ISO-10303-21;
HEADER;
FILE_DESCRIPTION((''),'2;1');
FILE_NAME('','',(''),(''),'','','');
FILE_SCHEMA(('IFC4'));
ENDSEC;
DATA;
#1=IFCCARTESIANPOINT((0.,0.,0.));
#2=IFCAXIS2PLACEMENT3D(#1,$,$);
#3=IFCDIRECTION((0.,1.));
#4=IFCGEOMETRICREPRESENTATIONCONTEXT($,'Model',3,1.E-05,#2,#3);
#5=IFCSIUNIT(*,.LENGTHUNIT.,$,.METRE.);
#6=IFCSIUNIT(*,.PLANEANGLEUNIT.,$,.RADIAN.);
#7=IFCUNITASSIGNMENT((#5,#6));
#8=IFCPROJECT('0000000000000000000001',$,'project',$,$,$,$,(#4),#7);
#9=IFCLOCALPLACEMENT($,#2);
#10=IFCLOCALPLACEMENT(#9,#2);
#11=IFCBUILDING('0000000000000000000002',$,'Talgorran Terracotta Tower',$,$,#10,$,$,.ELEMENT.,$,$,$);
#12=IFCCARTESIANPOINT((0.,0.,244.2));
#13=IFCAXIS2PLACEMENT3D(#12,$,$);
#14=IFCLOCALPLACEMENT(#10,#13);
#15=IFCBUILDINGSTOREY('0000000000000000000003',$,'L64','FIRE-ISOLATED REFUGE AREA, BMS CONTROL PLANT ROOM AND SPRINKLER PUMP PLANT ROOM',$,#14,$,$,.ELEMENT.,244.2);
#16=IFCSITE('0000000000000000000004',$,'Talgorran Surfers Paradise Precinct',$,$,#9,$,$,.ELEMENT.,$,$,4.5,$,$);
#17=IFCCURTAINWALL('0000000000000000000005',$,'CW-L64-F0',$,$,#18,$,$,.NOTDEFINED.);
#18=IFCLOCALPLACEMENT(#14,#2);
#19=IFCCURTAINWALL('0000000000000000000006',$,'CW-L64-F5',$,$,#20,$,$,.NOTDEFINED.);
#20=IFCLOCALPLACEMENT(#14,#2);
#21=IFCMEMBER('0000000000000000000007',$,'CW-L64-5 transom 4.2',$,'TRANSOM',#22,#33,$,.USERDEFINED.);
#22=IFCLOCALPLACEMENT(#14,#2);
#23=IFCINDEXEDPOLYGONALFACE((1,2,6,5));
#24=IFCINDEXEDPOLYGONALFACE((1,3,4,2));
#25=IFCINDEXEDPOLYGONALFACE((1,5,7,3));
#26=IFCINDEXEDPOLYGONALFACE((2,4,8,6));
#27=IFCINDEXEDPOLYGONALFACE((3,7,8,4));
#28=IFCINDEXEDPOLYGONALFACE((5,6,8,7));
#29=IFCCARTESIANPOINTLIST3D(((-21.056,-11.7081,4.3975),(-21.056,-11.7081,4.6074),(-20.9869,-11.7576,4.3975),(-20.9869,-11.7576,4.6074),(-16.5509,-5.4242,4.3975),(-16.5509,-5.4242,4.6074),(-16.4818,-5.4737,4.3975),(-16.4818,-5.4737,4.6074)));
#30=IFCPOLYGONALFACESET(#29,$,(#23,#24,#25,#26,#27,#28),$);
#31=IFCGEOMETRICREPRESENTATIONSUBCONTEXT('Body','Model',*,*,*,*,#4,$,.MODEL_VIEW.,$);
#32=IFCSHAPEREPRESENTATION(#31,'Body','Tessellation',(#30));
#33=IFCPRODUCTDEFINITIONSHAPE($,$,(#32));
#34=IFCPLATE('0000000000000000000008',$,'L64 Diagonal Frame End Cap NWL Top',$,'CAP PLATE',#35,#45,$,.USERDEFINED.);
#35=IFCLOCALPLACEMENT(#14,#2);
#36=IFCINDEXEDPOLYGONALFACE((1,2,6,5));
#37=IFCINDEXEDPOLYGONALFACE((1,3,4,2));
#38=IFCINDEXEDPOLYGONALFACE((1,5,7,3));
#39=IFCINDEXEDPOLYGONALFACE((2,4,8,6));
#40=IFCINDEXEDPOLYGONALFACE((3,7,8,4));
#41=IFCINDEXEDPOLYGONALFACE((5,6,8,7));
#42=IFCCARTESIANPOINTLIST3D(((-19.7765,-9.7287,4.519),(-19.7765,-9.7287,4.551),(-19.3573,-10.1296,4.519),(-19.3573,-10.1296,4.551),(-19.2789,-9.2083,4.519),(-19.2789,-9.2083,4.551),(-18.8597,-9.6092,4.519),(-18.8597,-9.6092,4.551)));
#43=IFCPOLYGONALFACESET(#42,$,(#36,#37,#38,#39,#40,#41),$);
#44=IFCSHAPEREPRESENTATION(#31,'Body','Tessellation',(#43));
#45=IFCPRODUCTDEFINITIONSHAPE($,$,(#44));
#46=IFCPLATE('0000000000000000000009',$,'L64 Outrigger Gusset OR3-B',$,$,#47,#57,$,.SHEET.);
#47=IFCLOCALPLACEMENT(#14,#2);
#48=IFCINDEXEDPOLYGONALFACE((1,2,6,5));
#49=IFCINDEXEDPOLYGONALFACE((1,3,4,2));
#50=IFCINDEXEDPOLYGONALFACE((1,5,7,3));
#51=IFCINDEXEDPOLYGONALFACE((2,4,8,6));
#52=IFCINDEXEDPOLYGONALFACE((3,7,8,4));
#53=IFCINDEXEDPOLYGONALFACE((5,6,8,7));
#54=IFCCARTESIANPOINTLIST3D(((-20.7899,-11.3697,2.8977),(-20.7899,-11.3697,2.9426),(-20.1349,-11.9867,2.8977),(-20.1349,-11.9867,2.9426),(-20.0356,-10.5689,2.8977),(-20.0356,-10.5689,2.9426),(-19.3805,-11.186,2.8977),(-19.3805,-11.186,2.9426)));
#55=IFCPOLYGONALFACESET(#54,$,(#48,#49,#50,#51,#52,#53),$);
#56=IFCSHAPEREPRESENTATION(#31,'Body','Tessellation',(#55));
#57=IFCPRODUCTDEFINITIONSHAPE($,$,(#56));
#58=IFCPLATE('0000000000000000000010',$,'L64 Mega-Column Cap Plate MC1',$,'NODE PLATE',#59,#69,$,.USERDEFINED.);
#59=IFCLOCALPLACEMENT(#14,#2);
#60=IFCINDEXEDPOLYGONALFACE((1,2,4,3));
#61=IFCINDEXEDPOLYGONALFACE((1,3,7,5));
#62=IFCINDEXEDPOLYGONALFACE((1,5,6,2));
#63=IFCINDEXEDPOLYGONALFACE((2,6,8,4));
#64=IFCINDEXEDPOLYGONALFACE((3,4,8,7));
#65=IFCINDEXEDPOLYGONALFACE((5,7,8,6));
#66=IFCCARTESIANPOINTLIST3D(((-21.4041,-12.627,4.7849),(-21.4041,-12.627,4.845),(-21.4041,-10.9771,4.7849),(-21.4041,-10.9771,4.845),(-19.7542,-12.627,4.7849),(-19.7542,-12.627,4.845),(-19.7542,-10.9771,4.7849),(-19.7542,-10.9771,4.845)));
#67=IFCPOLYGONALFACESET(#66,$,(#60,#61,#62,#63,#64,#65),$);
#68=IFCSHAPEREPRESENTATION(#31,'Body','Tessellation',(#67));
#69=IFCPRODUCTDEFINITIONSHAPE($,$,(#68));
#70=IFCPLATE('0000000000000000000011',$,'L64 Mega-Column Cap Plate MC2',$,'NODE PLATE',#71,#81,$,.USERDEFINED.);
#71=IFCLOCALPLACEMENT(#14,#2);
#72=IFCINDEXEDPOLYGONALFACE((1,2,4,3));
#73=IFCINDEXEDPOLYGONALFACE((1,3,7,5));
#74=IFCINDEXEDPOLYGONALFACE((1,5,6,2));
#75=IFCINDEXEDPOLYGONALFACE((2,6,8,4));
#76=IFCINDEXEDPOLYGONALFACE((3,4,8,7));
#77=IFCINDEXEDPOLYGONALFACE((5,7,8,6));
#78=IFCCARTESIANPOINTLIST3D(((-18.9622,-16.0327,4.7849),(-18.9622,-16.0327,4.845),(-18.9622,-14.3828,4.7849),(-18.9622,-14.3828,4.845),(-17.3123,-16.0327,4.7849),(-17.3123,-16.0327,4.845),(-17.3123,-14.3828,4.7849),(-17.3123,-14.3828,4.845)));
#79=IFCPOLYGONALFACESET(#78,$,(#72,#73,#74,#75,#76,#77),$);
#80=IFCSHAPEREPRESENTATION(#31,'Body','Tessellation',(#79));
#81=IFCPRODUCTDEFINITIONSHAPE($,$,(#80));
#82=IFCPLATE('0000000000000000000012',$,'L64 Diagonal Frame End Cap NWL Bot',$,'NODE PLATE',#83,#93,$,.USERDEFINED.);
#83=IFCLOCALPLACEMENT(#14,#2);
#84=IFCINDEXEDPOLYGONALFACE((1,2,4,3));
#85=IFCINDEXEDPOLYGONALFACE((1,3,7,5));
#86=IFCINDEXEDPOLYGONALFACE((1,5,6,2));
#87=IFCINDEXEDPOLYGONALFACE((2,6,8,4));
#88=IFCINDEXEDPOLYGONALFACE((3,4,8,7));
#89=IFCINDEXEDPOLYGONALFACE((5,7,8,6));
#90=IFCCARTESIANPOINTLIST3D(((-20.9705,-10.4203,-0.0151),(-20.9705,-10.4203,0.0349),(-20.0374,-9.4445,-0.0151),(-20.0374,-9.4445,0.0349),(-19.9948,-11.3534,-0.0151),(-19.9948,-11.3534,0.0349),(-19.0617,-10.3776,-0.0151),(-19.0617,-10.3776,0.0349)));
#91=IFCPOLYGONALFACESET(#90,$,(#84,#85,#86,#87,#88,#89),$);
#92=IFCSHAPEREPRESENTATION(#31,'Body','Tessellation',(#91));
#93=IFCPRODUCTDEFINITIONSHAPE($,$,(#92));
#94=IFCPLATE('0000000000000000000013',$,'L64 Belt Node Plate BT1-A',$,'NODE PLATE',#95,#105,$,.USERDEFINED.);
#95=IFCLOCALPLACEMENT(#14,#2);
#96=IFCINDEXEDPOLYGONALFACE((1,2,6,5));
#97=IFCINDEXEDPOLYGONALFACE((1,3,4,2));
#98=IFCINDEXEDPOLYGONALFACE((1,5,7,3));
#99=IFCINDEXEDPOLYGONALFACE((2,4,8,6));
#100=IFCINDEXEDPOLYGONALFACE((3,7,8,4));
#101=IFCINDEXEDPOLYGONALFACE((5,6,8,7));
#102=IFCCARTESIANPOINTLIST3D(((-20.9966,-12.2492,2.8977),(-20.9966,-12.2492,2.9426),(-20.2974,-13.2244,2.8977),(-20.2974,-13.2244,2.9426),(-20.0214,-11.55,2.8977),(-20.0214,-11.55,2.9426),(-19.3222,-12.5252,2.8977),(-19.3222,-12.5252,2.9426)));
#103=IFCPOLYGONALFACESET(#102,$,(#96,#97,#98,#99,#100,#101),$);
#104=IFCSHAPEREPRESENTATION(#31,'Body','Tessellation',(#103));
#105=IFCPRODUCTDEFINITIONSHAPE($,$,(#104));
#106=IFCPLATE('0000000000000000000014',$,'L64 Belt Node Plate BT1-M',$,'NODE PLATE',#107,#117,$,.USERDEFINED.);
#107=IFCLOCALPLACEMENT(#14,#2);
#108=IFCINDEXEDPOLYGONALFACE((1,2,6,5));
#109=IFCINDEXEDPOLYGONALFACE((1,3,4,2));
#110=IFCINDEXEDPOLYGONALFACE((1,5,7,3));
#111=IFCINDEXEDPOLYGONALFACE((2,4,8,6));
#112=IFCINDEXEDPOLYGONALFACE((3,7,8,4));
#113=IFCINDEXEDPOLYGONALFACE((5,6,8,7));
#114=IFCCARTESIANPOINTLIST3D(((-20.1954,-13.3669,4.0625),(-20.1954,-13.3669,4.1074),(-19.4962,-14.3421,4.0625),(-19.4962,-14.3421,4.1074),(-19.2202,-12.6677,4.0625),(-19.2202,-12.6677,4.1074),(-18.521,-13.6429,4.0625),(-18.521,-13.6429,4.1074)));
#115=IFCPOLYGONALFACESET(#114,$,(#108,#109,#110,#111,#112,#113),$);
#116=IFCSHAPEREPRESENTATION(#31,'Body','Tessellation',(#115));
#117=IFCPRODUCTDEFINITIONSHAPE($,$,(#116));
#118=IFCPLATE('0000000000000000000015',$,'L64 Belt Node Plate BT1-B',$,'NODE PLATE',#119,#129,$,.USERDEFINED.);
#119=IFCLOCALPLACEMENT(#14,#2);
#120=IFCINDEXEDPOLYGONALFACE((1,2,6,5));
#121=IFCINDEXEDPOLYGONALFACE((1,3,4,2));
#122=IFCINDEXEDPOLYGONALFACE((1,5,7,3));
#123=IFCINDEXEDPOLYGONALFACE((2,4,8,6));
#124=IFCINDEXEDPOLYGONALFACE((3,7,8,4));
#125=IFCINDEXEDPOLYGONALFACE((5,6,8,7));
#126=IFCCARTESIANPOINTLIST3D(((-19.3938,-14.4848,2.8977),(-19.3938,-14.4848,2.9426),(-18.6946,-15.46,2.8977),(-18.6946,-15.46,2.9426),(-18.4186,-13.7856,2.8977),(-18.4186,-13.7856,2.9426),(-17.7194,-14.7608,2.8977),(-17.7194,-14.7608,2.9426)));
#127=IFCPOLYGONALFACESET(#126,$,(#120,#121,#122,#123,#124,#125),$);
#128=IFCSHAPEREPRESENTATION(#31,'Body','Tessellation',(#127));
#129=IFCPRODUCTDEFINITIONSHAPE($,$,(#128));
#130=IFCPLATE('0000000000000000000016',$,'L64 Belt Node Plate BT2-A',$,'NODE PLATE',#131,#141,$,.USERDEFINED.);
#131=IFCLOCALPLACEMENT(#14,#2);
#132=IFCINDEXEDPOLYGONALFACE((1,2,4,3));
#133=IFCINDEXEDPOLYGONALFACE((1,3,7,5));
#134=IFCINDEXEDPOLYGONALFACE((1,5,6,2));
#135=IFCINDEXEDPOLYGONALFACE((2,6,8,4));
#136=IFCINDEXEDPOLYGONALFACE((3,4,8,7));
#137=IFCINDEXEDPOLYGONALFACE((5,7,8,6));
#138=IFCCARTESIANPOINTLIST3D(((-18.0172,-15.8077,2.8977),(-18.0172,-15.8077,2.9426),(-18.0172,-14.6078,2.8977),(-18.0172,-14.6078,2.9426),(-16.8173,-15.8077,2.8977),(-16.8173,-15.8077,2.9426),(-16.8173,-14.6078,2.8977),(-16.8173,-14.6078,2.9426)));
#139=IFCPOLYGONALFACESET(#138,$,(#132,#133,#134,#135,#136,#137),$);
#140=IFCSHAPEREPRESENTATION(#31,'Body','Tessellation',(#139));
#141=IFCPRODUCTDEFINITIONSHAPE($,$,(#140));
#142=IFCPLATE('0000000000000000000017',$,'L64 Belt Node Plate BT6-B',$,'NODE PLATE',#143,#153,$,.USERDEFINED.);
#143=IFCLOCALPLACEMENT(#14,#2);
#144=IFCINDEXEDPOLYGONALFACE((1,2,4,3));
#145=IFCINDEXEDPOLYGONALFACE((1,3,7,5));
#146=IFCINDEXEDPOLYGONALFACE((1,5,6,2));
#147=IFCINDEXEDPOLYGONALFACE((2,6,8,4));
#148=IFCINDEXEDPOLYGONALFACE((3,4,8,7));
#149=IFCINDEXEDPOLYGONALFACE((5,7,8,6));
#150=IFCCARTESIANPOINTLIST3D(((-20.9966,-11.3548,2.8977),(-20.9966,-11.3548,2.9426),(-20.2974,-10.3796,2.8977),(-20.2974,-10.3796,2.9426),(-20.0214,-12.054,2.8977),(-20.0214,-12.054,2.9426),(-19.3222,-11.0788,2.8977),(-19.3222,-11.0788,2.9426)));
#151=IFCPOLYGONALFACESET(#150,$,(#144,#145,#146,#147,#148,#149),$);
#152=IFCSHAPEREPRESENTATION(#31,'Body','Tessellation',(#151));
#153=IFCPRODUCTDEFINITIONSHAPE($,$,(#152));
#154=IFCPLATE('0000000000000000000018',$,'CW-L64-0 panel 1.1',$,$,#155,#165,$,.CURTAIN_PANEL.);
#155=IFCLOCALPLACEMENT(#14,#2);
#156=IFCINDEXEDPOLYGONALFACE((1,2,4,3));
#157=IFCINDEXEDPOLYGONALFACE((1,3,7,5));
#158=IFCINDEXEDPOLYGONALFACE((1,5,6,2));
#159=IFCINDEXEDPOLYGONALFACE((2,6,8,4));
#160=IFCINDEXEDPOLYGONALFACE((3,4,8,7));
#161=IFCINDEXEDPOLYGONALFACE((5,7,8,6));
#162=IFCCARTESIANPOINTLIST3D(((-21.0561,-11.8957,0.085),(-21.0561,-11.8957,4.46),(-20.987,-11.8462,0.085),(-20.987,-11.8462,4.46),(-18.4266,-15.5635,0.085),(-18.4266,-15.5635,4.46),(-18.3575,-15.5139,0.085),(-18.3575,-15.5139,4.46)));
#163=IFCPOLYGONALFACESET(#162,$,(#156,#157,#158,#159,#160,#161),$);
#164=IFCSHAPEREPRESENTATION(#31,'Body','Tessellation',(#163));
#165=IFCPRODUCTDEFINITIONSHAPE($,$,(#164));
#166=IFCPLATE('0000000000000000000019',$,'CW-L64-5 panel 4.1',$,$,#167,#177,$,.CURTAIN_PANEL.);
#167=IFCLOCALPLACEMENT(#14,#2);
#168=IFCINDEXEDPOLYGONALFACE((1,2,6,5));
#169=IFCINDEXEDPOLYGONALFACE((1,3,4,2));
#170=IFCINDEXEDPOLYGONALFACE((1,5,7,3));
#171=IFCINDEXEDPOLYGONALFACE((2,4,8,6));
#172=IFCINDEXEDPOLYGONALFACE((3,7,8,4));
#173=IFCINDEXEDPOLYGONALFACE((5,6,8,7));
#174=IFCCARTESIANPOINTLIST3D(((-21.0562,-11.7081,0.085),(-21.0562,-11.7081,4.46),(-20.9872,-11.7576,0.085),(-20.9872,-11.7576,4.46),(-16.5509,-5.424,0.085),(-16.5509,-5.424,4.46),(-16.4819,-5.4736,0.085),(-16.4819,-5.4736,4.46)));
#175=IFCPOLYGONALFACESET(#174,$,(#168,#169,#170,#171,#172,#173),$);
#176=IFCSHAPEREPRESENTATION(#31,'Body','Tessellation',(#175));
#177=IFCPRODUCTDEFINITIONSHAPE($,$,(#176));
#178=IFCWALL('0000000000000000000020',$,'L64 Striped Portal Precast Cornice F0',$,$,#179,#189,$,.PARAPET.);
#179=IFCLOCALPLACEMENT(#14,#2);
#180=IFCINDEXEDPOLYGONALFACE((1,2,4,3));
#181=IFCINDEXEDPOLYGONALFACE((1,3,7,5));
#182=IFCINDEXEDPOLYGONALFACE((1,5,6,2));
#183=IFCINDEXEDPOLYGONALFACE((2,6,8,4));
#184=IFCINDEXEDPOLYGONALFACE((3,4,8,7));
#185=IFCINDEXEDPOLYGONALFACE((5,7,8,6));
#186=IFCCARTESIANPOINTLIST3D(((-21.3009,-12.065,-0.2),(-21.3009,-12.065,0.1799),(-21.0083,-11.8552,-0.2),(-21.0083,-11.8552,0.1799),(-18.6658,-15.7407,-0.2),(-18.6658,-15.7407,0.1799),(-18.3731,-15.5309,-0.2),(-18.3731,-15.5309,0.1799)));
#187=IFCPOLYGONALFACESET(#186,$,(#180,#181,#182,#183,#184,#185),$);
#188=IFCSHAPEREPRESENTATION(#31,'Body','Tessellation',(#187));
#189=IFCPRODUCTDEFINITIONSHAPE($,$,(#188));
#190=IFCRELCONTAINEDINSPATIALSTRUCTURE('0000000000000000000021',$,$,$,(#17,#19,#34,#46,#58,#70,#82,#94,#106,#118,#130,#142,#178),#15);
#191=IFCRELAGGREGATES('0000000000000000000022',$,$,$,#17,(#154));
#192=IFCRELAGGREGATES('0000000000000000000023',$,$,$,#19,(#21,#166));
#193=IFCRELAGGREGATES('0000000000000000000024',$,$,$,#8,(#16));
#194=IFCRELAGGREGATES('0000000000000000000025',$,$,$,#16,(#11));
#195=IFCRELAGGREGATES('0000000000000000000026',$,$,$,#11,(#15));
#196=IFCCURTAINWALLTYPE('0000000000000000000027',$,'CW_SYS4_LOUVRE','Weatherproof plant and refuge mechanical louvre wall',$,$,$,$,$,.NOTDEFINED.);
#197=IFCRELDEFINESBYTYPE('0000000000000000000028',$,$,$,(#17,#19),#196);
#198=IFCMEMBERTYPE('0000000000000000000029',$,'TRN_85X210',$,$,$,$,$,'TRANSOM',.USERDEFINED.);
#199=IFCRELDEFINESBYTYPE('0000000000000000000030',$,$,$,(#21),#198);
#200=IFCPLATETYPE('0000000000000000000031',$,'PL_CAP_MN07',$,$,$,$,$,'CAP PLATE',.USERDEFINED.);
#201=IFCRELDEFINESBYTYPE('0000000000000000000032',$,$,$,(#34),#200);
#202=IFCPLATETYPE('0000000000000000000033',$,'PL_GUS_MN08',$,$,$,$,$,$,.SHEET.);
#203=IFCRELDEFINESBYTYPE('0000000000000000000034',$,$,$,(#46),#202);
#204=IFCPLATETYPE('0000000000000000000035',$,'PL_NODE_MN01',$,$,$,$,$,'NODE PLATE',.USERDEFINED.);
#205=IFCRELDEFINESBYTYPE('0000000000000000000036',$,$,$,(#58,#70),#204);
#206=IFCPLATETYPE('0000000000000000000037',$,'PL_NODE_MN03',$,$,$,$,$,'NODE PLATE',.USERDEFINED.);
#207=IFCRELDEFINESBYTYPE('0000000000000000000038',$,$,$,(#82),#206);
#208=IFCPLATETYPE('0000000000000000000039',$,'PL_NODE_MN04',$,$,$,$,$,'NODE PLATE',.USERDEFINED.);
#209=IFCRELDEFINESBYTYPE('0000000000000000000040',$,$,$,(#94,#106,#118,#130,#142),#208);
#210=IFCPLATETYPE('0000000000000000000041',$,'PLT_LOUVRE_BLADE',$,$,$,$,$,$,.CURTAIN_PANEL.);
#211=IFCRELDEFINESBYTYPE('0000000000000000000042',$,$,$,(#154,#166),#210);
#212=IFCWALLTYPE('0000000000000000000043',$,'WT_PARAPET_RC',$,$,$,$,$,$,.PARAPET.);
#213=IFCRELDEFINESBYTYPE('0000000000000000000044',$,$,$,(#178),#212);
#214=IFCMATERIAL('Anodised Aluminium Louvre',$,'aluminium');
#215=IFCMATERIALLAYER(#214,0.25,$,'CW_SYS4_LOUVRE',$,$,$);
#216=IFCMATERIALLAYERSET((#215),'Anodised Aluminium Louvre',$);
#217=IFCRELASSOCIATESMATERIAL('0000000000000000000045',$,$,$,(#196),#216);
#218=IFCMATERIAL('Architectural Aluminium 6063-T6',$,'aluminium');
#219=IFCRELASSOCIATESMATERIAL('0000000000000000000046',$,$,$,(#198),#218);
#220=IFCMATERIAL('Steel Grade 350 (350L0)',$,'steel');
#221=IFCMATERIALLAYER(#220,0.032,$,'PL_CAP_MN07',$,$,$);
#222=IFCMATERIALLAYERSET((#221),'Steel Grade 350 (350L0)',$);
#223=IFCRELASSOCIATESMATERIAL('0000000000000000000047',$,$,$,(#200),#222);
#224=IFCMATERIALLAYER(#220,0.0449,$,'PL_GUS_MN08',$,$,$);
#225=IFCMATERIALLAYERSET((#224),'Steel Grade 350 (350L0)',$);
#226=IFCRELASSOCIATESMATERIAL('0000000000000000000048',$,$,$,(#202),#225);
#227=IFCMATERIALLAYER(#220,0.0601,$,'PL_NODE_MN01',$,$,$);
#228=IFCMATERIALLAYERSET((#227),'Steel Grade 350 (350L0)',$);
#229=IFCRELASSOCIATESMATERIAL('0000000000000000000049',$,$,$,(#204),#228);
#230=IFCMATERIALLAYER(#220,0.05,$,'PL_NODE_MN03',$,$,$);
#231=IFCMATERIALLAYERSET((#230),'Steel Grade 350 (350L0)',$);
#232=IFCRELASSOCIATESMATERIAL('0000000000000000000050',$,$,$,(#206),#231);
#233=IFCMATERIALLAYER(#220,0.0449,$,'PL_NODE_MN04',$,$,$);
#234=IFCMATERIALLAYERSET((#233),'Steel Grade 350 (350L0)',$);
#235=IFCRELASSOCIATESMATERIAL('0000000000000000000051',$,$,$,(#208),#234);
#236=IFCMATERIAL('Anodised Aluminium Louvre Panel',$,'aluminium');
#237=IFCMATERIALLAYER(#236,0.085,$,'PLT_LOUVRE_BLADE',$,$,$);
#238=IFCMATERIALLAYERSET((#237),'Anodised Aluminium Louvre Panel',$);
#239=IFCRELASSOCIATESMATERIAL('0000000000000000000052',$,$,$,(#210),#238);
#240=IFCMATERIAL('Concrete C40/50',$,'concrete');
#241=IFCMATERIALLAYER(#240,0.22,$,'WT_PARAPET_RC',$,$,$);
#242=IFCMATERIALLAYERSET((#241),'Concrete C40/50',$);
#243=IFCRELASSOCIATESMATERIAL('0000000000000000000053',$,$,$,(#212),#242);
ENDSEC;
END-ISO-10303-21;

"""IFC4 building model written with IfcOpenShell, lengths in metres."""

from ifc_helpers import new_model, si_unit, direction, frame, frame_2d, origin, origin_2d, place, context, subcontext, project, spatial, rectangle, extrude, source, transform, mapped, material, layer, layer_set, material_profile, profile_set, type_object, type_shapes, element, aggregate, save


model = new_model("IFC4")

# Units and contexts
model_context = context("Model", 3, precision=1e-05, world=origin(), true_north=direction((0.0, 1.0)))
body_context = subcontext(model_context, "Body", "Model", "MODEL_VIEW")
ifc_project = project(units=[si_unit("LENGTHUNIT", "METRE"), si_unit("PLANEANGLEUNIT", "RADIAN")], contexts=[model_context])

# Site, building, storey
site_placement = place(None, origin())
site = spatial("IfcSite", under=ifc_project, at=site_placement, Name="Talgorran Surfers Paradise Precinct", CompositionType="ELEMENT", RefElevation=4.5)
building_placement = place(site_placement, origin())
building = spatial("IfcBuilding", under=site, at=building_placement, Name="Talgorran Terracotta Tower", CompositionType="ELEMENT")
storey_placement = place(building_placement, frame((0.0, 0.0, 244.2)))
storey = spatial("IfcBuildingStorey", under=building, at=storey_placement, Name="L64", Description="FIRE-ISOLATED REFUGE AREA, BMS CONTROL PLANT ROOM AND SPRINKLER PUMP PLANT ROOM", CompositionType="ELEMENT", Elevation=244.2)

# Shared definitions
ifc_material_1 = material(Name="Steel Grade 350 (350L0)", Category="steel")

# Curtain wall
ifc_material_2 = material(Name="Anodised Aluminium Louvre", Category="aluminium")
ifc_layer_1 = layer(ifc_material_2, 0.25, Name="CW_SYS4_LOUVRE")
ifc_layer_set_1 = layer_set([ifc_layer_1], Name="Anodised Aluminium Louvre")
curtain_wall_type = type_object("IfcCurtainWallType", Name="CW_SYS4_LOUVRE", Description="Weatherproof plant and refuge mechanical louvre wall", PredefinedType="NOTDEFINED", material=ifc_layer_set_1)
curtain_wall_1_placement = place(storey_placement, origin())
curtain_wall_1 = element("IfcCurtainWall", 1, at=curtain_wall_1_placement, inside=storey, type_object=curtain_wall_type, Name="CW-L64-F0", PredefinedType="NOTDEFINED")
ifc_material_3 = material(Name="Architectural Aluminium 6063-T6", Category="aluminium")

# Curtain wall
curtain_wall_2_placement = place(storey_placement, origin())
curtain_wall_2 = element("IfcCurtainWall", 2, at=curtain_wall_2_placement, inside=storey, type_object=curtain_wall_type, Name="CW-L64-F5", PredefinedType="NOTDEFINED")

# Member
ifc_material_profile_1 = material_profile(ifc_material_3, rectangle(XDim=0.085, YDim=0.21, at=origin_2d()), Name="CWT85X210")
ifc_profile_set_1 = profile_set([ifc_material_profile_1], Name="Architectural Aluminium 6063-T6")
member_type_1 = type_object("IfcMemberType", Name="TRN_85X210", ElementType="TRANSOM", PredefinedType="USERDEFINED", material=ifc_profile_set_1)
member_1_placement = place(storey_placement, frame((-16.5164, -5.449, 4.5024), z_axis=(-0.582659, -0.812717, 0.0), x_axis=(0.812717, -0.582659, 0.0)))
member_1 = element("IfcMember", 3, at=member_1_placement, type_object=member_type_1, Name="CW-L64-5 transom 4.2", ObjectType="TRANSOM", PredefinedType="USERDEFINED", context=body_context, shape_type="SweptSolid", body=[
    extrude(rectangle(XDim=0.085, YDim=0.21, at=origin_2d()), origin(), (0.0, 0.0, 1.0), 7.7319),
])

# Plates
ifc_layer_2 = layer(ifc_material_1, 0.032, Name="PL_CAP_MN07")
ifc_layer_set_2 = layer_set([ifc_layer_2], Name="Steel Grade 350 (350L0)")
plate_type_1 = type_object("IfcPlateType", Name="PL_CAP_MN07", ElementType="CAP PLATE", PredefinedType="USERDEFINED", material=ifc_layer_set_2)
plate_1_placement = place(storey_placement, frame((-19.3181, -9.6689, 4.519), z_axis=(0.0, 0.0, 1.0), x_axis=(0.691135, 0.722726, 0.0)))
element("IfcPlate", 4, at=plate_1_placement, inside=storey, type_object=plate_type_1, Name="L64 Diagonal Frame End Cap NWL Top", ObjectType="CAP PLATE", PredefinedType="USERDEFINED", context=body_context, shape_type="SweptSolid", body=[
    extrude(rectangle(XDim=0.72, YDim=0.5801, at=origin_2d()), origin(), (0.0, 0.0, 1.0), 0.032),
])
ifc_layer_3 = layer(ifc_material_1, 0.0449, Name="PL_GUS_MN08")
ifc_layer_set_3 = layer_set([ifc_layer_3], Name="Steel Grade 350 (350L0)")
plate_type_2 = type_object("IfcPlateType", Name="PL_GUS_MN08", PredefinedType="SHEET", material=ifc_layer_set_3)
plate_2_placement = place(storey_placement, frame((-20.0852, -11.2778, 2.8977), z_axis=(0.0, 0.0, 1.0), x_axis=(-0.685691, -0.727892, 0.0)))
element("IfcPlate", 5, at=plate_2_placement, inside=storey, type_object=plate_type_2, Name="L64 Outrigger Gusset OR3-B", PredefinedType="SHEET", context=body_context, shape_type="SweptSolid", body=[
    extrude(rectangle(XDim=1.1001, YDim=0.8999, at=origin_2d()), origin(), (0.0, 0.0, 1.0), 0.0449),
])
ifc_layer_4 = layer(ifc_material_1, 0.0601, Name="PL_NODE_MN01")
ifc_layer_set_4 = layer_set([ifc_layer_4], Name="Steel Grade 350 (350L0)")
plate_type_3 = type_object("IfcPlateType", Name="PL_NODE_MN01", ElementType="NODE PLATE", PredefinedType="USERDEFINED", material=ifc_layer_set_4)
for number, where, z_axis, x_axis, name in (
    (6, (-20.5791, -11.802, 4.7849), (0.0, 0.0, 1.0), (1.0, 0.0, 0.0), "L64 Mega-Column Cap Plate MC1"),
    (7, (-18.1372, -15.2078, 4.7849), (0.0, 0.0, 1.0), (1.0, 0.0, 0.0), "L64 Mega-Column Cap Plate MC2"),
):
    element("IfcPlate", number, at=place(storey_placement, frame(where, z_axis=z_axis, x_axis=x_axis)), inside=storey, type_object=plate_type_3, Name=name, ObjectType="NODE PLATE", PredefinedType="USERDEFINED", context=body_context, shape_type="SweptSolid", body=[
        extrude(rectangle(XDim=1.6499, YDim=1.6499, at=origin_2d()), origin(), (0.0, 0.0, 1.0), 0.0601),
    ])
ifc_layer_5 = layer(ifc_material_1, 0.05, Name="PL_NODE_MN03")
ifc_layer_set_5 = layer_set([ifc_layer_5], Name="Steel Grade 350 (350L0)")
plate_type_4 = type_object("IfcPlateType", Name="PL_NODE_MN03", ElementType="NODE PLATE", PredefinedType="USERDEFINED", material=ifc_layer_set_5)
plate_3_placement = place(storey_placement, frame((-20.0161, -10.3989, -0.0151), z_axis=(0.0, 0.0, 1.0), x_axis=(0.691135, 0.722726, 0.0)))
element("IfcPlate", 8, at=plate_3_placement, inside=storey, type_object=plate_type_4, Name="L64 Diagonal Frame End Cap NWL Bot", ObjectType="NODE PLATE", PredefinedType="USERDEFINED", context=body_context, shape_type="SweptSolid", body=[
    extrude(rectangle(XDim=1.3501, YDim=1.3501, at=origin_2d()), origin(), (0.0, 0.0, 1.0), 0.05),
])
ifc_layer_6 = layer(ifc_material_1, 0.0449, Name="PL_NODE_MN04")
ifc_layer_set_6 = layer_set([ifc_layer_6], Name="Steel Grade 350 (350L0)")
plate_type_5 = type_object("IfcPlateType", Name="PL_NODE_MN04", ElementType="NODE PLATE", PredefinedType="USERDEFINED", material=ifc_layer_set_6)
for number, where, z_axis, x_axis, name in (
    (9, (-20.1594, -12.3872, 2.8977), (0.0, 0.0, 1.0), (0.58269, -0.812694, 0.0), "L64 Belt Node Plate BT1-A"),
    (10, (-19.3582, -13.5049, 4.0625), (0.0, 0.0, 1.0), (0.58269, -0.812694, 0.0), "L64 Belt Node Plate BT1-M"),
    (11, (-18.5566, -14.6228, 2.8977), (0.0, 0.0, 1.0), (0.58269, -0.812694, 0.0), "L64 Belt Node Plate BT1-B"),
    (12, (-17.4172, -15.2078, 2.8977), (0.0, 0.0, 1.0), (1.0, 0.0, 0.0), "L64 Belt Node Plate BT2-A"),
    (13, (-20.1594, -11.2168, 2.8977), (0.0, 0.0, 1.0), (-0.58269, -0.812694, 0.0), "L64 Belt Node Plate BT6-B"),
):
    element("IfcPlate", number, at=place(storey_placement, frame(where, z_axis=z_axis, x_axis=x_axis)), inside=storey, type_object=plate_type_5, Name=name, ObjectType="NODE PLATE", PredefinedType="USERDEFINED", context=body_context, shape_type="SweptSolid", body=[
        extrude(rectangle(XDim=1.2, YDim=1.2, at=origin_2d()), origin(), (0.0, 0.0, 1.0), 0.0449),
    ])

# Plates
ifc_material_4 = material(Name="Anodised Aluminium Louvre Panel", Category="aluminium")
ifc_layer_7 = layer(ifc_material_4, 0.085, Name="PLT_LOUVRE_BLADE")
ifc_layer_set_7 = layer_set([ifc_layer_7], Name="Anodised Aluminium Louvre Panel")
plate_type_6 = type_object("IfcPlateType", Name="PLT_LOUVRE_BLADE", PredefinedType="CURTAIN_PANEL", material=ifc_layer_set_7)
shared_shape_1 = source(origin(), body_context, "Body", "SweptSolid", [
    extrude(rectangle(XDim=4.5129, YDim=0.085, at=origin_2d()), origin(), (0.0, 0.0, 1.0), 4.375),
])
plate_4_placement = place(storey_placement, frame((-19.7068, -13.7048, 0.085), z_axis=(0.0, 0.0, 1.0), x_axis=(0.582661, -0.812715, 0.0)))
plate_4 = element("IfcPlate", 14, at=plate_4_placement, type_object=plate_type_6, Name="CW-L64-0 panel 1.1", PredefinedType="CURTAIN_PANEL", context=body_context, shape_type="MappedRepresentation", body=[
    mapped(shared_shape_1, transform((0.0, 0.0, 0.0), scale=1.0)),
])
aggregate(curtain_wall_1, [plate_4])
shared_shape_2 = source(origin(), body_context, "Body", "SweptSolid", [
    extrude(rectangle(XDim=7.7322, YDim=0.085, at=origin_2d()), origin(), (0.0, 0.0, 1.0), 4.375),
])
type_shapes(plate_type_6, [shared_shape_1, shared_shape_2])
plate_5_placement = place(storey_placement, frame((-18.769, -8.5908, 0.085), z_axis=(0.0, 0.0, 1.0), x_axis=(-0.582665, -0.812713, 0.0)))
plate_5 = element("IfcPlate", 15, at=plate_5_placement, type_object=plate_type_6, Name="CW-L64-5 panel 4.1", PredefinedType="CURTAIN_PANEL", context=body_context, shape_type="MappedRepresentation", body=[
    mapped(shared_shape_2, transform((0.0, 0.0, 0.0), scale=1.0)),
])
aggregate(curtain_wall_2, [member_1, plate_5])

# Wall
ifc_material_5 = material(Name="Concrete C40/50", Category="concrete")
ifc_layer_8 = layer(ifc_material_5, 0.22, Name="WT_PARAPET_RC")
ifc_layer_set_8 = layer_set([ifc_layer_8], Name="Concrete C40/50")
wall_type = type_object("IfcWallType", Name="WT_PARAPET_RC", PredefinedType="PARAPET", material=ifc_layer_set_8)
wall_1_placement = place(storey_placement, frame((-21.1545, -11.9602, -0.2), z_axis=(0.0, 0.0, 1.0), x_axis=(0.582657, -0.812718, 0.0)))
element("IfcWall", 16, at=wall_1_placement, inside=storey, type_object=wall_type, Name="L64 Striped Portal Precast Cornice F0", PredefinedType="PARAPET", context=body_context, shape_type="SweptSolid", body=[
    extrude(rectangle(XDim=4.5227, YDim=0.3601, at=frame_2d((2.2612, 0.0))), origin(), (0.0, 0.0, 1.0), 0.3799),
])

save(model, "model.ifc")
